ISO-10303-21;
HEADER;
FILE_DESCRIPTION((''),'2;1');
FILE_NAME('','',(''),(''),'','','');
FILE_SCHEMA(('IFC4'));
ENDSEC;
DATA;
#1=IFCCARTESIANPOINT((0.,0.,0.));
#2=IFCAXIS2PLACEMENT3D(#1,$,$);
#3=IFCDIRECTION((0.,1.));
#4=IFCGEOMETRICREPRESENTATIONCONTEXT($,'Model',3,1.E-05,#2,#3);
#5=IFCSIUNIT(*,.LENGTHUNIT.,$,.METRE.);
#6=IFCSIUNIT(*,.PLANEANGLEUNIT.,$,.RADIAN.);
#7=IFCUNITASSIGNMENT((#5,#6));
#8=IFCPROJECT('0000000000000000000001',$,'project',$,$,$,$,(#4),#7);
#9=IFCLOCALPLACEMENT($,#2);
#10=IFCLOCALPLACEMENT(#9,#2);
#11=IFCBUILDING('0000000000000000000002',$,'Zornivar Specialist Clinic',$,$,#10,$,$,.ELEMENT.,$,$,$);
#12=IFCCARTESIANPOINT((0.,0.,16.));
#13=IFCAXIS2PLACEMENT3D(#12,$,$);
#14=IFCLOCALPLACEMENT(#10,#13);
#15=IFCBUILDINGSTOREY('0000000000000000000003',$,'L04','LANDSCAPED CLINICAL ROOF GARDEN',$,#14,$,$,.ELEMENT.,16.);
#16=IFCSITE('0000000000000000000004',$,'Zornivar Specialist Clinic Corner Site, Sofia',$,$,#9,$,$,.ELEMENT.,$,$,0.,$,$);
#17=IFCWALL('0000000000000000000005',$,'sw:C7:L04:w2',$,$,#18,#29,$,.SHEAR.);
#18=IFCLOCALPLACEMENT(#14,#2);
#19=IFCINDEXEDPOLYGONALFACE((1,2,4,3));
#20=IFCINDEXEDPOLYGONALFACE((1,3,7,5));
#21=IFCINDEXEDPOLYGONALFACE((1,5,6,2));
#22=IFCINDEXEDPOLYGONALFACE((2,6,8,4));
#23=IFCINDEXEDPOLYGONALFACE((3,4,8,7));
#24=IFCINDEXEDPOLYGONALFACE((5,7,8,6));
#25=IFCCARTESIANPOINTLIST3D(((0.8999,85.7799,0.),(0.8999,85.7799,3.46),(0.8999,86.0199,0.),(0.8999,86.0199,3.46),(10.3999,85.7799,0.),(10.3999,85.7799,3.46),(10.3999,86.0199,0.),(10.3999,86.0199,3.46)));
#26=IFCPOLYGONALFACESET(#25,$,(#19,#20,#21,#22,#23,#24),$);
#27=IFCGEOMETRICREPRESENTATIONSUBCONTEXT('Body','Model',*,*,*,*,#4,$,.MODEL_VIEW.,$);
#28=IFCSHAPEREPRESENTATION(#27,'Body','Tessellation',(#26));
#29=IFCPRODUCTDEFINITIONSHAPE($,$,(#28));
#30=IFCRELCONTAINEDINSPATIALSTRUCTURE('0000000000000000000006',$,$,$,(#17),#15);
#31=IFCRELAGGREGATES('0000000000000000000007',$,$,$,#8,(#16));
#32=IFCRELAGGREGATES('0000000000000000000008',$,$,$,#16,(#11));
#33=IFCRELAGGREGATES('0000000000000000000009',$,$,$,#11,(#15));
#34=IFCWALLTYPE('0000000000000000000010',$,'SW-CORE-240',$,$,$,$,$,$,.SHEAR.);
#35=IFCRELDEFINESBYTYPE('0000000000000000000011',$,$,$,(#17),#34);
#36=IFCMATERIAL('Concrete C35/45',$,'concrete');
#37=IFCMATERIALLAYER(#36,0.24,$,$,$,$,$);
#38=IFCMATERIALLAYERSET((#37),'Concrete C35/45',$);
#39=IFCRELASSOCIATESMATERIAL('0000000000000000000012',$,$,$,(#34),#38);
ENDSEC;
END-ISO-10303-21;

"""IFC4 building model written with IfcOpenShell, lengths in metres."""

from ifc_helpers import new_model, si_unit, direction, frame, frame_2d, origin, place, context, subcontext, project, spatial, rectangle, extrude, material, layer, layer_set, type_object, element, save


model = new_model("IFC4")

# Units and contexts
model_context = context("Model", 3, precision=1e-05, world=origin(), true_north=direction((0.0, 1.0)))
body_context = subcontext(model_context, "Body", "Model", "MODEL_VIEW")
ifc_project = project(units=[si_unit("LENGTHUNIT", "METRE"), si_unit("PLANEANGLEUNIT", "RADIAN")], contexts=[model_context])

# Site, building, storey
site_placement = place(None, origin())
site = spatial("IfcSite", under=ifc_project, at=site_placement, Name="Zornivar Specialist Clinic Corner Site, Sofia", CompositionType="ELEMENT", RefElevation=0.0)
building_placement = place(site_placement, origin())
building = spatial("IfcBuilding", under=site, at=building_placement, Name="Zornivar Specialist Clinic", CompositionType="ELEMENT")
storey_placement = place(building_placement, frame((0.0, 0.0, 16.0)))
storey = spatial("IfcBuildingStorey", under=building, at=storey_placement, Name="L04", Description="LANDSCAPED CLINICAL ROOF GARDEN", CompositionType="ELEMENT", Elevation=16.0)

# Wall
ifc_material_1 = material(Name="Concrete C35/45", Category="concrete")
ifc_layer_1 = layer(ifc_material_1, 0.24)
ifc_layer_set_1 = layer_set([ifc_layer_1], Name="Concrete C35/45")
wall_type_1 = type_object("IfcWallType", Name="SW-CORE-240", PredefinedType="SHEAR", material=ifc_layer_set_1)
wall_1_placement = place(storey_placement, frame((10.3999, 85.8999, 0.0), z_axis=(0.0, 0.0, 1.0), x_axis=(-1.0, 0.0, 0.0)))
element("IfcWall", 1, at=wall_1_placement, inside=storey, type_object=wall_type_1, Name="sw:C7:L04:w2", PredefinedType="SHEAR", context=body_context, shape_type="SweptSolid", body=[
    extrude(rectangle(XDim=9.5, YDim=0.24, at=frame_2d((4.75, 0.0))), origin(), (0.0, 0.0, 1.0), 3.46),
])

save(model, "model.ifc")
